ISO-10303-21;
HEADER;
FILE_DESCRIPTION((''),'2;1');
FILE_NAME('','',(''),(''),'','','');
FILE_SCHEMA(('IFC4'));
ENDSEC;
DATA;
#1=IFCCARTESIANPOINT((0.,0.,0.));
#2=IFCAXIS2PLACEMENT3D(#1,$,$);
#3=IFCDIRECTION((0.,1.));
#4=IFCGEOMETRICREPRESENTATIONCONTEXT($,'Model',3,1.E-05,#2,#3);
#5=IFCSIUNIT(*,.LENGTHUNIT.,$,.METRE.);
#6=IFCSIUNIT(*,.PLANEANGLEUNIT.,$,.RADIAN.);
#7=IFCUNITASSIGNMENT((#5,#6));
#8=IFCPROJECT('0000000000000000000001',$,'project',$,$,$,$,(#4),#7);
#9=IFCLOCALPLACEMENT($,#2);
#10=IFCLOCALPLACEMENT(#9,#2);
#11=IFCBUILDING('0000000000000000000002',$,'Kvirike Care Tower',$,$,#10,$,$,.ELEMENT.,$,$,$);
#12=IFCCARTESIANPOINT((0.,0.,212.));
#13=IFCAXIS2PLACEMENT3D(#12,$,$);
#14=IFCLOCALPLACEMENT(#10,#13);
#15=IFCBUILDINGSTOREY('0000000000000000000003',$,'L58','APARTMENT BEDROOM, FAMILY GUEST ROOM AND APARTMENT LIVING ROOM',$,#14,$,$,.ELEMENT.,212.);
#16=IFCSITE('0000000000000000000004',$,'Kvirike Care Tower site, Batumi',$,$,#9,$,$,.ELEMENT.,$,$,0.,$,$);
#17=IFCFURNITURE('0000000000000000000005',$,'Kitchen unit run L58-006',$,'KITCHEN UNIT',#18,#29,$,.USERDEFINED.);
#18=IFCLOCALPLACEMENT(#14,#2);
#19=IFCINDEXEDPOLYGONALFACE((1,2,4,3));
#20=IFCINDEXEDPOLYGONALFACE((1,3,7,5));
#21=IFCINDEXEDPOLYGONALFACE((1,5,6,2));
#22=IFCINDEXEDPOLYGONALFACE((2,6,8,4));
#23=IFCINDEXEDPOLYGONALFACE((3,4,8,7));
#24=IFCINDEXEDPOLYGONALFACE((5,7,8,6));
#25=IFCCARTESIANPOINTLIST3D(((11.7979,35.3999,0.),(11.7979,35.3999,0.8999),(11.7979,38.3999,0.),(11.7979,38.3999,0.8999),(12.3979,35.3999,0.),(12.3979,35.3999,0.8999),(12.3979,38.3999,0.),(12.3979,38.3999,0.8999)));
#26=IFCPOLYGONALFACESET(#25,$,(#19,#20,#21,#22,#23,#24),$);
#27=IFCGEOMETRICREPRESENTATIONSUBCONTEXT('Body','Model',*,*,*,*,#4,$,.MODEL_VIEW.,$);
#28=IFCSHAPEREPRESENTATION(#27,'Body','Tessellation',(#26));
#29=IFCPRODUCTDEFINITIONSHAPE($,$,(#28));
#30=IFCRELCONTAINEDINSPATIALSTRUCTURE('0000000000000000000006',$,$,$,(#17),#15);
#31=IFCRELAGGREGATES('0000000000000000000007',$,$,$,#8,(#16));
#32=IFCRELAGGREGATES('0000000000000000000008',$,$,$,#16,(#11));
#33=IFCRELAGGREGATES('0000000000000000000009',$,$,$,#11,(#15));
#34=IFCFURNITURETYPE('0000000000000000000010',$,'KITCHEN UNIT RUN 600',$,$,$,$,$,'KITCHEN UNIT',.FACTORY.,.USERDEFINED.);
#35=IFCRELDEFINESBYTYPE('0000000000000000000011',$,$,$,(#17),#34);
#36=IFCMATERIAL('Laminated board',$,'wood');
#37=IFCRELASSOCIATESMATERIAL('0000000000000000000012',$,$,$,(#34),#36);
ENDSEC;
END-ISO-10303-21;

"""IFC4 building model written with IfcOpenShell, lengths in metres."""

from ifc_helpers import new_model, si_unit, direction, frame, origin, origin_2d, place, context, subcontext, project, spatial, rectangle, extrude, material, type_object, element, save


model = new_model("IFC4")

# Units and contexts
model_context = context("Model", 3, precision=1e-05, world=origin(), true_north=direction((0.0, 1.0)))
body_context = subcontext(model_context, "Body", "Model", "MODEL_VIEW")
ifc_project = project(units=[si_unit("LENGTHUNIT", "METRE"), si_unit("PLANEANGLEUNIT", "RADIAN")], contexts=[model_context])

# Site, building, storey
site_placement = place(None, origin())
site = spatial("IfcSite", under=ifc_project, at=site_placement, Name="Kvirike Care Tower site, Batumi", CompositionType="ELEMENT", RefElevation=0.0)
building_placement = place(site_placement, origin())
building = spatial("IfcBuilding", under=site, at=building_placement, Name="Kvirike Care Tower", CompositionType="ELEMENT")
storey_placement = place(building_placement, frame((0.0, 0.0, 212.0)))
storey = spatial("IfcBuildingStorey", under=building, at=storey_placement, Name="L58", Description="APARTMENT BEDROOM, FAMILY GUEST ROOM AND APARTMENT LIVING ROOM", CompositionType="ELEMENT", Elevation=212.0)

# Furniture
ifc_material_1 = material(Name="Laminated board", Category="wood")
furniture_type = type_object("IfcFurnitureType", Name="KITCHEN UNIT RUN 600", ElementType="KITCHEN UNIT", AssemblyPlace="FACTORY", PredefinedType="USERDEFINED", material=ifc_material_1)
furniture_placement = place(storey_placement, frame((12.0979, 36.8999, 0.0), z_axis=(0.0, 0.0, 1.0), x_axis=(0.0, -1.0, 0.0)))
element("IfcFurniture", 1, at=furniture_placement, inside=storey, type_object=furniture_type, Name="Kitchen unit run L58-006", ObjectType="KITCHEN UNIT", PredefinedType="USERDEFINED", context=body_context, shape_type="SweptSolid", body=[
    extrude(rectangle(XDim=3.0, YDim=0.6001, at=origin_2d()), origin(), (0.0, 0.0, 1.0), 0.8999),
])

save(model, "model.ifc")
